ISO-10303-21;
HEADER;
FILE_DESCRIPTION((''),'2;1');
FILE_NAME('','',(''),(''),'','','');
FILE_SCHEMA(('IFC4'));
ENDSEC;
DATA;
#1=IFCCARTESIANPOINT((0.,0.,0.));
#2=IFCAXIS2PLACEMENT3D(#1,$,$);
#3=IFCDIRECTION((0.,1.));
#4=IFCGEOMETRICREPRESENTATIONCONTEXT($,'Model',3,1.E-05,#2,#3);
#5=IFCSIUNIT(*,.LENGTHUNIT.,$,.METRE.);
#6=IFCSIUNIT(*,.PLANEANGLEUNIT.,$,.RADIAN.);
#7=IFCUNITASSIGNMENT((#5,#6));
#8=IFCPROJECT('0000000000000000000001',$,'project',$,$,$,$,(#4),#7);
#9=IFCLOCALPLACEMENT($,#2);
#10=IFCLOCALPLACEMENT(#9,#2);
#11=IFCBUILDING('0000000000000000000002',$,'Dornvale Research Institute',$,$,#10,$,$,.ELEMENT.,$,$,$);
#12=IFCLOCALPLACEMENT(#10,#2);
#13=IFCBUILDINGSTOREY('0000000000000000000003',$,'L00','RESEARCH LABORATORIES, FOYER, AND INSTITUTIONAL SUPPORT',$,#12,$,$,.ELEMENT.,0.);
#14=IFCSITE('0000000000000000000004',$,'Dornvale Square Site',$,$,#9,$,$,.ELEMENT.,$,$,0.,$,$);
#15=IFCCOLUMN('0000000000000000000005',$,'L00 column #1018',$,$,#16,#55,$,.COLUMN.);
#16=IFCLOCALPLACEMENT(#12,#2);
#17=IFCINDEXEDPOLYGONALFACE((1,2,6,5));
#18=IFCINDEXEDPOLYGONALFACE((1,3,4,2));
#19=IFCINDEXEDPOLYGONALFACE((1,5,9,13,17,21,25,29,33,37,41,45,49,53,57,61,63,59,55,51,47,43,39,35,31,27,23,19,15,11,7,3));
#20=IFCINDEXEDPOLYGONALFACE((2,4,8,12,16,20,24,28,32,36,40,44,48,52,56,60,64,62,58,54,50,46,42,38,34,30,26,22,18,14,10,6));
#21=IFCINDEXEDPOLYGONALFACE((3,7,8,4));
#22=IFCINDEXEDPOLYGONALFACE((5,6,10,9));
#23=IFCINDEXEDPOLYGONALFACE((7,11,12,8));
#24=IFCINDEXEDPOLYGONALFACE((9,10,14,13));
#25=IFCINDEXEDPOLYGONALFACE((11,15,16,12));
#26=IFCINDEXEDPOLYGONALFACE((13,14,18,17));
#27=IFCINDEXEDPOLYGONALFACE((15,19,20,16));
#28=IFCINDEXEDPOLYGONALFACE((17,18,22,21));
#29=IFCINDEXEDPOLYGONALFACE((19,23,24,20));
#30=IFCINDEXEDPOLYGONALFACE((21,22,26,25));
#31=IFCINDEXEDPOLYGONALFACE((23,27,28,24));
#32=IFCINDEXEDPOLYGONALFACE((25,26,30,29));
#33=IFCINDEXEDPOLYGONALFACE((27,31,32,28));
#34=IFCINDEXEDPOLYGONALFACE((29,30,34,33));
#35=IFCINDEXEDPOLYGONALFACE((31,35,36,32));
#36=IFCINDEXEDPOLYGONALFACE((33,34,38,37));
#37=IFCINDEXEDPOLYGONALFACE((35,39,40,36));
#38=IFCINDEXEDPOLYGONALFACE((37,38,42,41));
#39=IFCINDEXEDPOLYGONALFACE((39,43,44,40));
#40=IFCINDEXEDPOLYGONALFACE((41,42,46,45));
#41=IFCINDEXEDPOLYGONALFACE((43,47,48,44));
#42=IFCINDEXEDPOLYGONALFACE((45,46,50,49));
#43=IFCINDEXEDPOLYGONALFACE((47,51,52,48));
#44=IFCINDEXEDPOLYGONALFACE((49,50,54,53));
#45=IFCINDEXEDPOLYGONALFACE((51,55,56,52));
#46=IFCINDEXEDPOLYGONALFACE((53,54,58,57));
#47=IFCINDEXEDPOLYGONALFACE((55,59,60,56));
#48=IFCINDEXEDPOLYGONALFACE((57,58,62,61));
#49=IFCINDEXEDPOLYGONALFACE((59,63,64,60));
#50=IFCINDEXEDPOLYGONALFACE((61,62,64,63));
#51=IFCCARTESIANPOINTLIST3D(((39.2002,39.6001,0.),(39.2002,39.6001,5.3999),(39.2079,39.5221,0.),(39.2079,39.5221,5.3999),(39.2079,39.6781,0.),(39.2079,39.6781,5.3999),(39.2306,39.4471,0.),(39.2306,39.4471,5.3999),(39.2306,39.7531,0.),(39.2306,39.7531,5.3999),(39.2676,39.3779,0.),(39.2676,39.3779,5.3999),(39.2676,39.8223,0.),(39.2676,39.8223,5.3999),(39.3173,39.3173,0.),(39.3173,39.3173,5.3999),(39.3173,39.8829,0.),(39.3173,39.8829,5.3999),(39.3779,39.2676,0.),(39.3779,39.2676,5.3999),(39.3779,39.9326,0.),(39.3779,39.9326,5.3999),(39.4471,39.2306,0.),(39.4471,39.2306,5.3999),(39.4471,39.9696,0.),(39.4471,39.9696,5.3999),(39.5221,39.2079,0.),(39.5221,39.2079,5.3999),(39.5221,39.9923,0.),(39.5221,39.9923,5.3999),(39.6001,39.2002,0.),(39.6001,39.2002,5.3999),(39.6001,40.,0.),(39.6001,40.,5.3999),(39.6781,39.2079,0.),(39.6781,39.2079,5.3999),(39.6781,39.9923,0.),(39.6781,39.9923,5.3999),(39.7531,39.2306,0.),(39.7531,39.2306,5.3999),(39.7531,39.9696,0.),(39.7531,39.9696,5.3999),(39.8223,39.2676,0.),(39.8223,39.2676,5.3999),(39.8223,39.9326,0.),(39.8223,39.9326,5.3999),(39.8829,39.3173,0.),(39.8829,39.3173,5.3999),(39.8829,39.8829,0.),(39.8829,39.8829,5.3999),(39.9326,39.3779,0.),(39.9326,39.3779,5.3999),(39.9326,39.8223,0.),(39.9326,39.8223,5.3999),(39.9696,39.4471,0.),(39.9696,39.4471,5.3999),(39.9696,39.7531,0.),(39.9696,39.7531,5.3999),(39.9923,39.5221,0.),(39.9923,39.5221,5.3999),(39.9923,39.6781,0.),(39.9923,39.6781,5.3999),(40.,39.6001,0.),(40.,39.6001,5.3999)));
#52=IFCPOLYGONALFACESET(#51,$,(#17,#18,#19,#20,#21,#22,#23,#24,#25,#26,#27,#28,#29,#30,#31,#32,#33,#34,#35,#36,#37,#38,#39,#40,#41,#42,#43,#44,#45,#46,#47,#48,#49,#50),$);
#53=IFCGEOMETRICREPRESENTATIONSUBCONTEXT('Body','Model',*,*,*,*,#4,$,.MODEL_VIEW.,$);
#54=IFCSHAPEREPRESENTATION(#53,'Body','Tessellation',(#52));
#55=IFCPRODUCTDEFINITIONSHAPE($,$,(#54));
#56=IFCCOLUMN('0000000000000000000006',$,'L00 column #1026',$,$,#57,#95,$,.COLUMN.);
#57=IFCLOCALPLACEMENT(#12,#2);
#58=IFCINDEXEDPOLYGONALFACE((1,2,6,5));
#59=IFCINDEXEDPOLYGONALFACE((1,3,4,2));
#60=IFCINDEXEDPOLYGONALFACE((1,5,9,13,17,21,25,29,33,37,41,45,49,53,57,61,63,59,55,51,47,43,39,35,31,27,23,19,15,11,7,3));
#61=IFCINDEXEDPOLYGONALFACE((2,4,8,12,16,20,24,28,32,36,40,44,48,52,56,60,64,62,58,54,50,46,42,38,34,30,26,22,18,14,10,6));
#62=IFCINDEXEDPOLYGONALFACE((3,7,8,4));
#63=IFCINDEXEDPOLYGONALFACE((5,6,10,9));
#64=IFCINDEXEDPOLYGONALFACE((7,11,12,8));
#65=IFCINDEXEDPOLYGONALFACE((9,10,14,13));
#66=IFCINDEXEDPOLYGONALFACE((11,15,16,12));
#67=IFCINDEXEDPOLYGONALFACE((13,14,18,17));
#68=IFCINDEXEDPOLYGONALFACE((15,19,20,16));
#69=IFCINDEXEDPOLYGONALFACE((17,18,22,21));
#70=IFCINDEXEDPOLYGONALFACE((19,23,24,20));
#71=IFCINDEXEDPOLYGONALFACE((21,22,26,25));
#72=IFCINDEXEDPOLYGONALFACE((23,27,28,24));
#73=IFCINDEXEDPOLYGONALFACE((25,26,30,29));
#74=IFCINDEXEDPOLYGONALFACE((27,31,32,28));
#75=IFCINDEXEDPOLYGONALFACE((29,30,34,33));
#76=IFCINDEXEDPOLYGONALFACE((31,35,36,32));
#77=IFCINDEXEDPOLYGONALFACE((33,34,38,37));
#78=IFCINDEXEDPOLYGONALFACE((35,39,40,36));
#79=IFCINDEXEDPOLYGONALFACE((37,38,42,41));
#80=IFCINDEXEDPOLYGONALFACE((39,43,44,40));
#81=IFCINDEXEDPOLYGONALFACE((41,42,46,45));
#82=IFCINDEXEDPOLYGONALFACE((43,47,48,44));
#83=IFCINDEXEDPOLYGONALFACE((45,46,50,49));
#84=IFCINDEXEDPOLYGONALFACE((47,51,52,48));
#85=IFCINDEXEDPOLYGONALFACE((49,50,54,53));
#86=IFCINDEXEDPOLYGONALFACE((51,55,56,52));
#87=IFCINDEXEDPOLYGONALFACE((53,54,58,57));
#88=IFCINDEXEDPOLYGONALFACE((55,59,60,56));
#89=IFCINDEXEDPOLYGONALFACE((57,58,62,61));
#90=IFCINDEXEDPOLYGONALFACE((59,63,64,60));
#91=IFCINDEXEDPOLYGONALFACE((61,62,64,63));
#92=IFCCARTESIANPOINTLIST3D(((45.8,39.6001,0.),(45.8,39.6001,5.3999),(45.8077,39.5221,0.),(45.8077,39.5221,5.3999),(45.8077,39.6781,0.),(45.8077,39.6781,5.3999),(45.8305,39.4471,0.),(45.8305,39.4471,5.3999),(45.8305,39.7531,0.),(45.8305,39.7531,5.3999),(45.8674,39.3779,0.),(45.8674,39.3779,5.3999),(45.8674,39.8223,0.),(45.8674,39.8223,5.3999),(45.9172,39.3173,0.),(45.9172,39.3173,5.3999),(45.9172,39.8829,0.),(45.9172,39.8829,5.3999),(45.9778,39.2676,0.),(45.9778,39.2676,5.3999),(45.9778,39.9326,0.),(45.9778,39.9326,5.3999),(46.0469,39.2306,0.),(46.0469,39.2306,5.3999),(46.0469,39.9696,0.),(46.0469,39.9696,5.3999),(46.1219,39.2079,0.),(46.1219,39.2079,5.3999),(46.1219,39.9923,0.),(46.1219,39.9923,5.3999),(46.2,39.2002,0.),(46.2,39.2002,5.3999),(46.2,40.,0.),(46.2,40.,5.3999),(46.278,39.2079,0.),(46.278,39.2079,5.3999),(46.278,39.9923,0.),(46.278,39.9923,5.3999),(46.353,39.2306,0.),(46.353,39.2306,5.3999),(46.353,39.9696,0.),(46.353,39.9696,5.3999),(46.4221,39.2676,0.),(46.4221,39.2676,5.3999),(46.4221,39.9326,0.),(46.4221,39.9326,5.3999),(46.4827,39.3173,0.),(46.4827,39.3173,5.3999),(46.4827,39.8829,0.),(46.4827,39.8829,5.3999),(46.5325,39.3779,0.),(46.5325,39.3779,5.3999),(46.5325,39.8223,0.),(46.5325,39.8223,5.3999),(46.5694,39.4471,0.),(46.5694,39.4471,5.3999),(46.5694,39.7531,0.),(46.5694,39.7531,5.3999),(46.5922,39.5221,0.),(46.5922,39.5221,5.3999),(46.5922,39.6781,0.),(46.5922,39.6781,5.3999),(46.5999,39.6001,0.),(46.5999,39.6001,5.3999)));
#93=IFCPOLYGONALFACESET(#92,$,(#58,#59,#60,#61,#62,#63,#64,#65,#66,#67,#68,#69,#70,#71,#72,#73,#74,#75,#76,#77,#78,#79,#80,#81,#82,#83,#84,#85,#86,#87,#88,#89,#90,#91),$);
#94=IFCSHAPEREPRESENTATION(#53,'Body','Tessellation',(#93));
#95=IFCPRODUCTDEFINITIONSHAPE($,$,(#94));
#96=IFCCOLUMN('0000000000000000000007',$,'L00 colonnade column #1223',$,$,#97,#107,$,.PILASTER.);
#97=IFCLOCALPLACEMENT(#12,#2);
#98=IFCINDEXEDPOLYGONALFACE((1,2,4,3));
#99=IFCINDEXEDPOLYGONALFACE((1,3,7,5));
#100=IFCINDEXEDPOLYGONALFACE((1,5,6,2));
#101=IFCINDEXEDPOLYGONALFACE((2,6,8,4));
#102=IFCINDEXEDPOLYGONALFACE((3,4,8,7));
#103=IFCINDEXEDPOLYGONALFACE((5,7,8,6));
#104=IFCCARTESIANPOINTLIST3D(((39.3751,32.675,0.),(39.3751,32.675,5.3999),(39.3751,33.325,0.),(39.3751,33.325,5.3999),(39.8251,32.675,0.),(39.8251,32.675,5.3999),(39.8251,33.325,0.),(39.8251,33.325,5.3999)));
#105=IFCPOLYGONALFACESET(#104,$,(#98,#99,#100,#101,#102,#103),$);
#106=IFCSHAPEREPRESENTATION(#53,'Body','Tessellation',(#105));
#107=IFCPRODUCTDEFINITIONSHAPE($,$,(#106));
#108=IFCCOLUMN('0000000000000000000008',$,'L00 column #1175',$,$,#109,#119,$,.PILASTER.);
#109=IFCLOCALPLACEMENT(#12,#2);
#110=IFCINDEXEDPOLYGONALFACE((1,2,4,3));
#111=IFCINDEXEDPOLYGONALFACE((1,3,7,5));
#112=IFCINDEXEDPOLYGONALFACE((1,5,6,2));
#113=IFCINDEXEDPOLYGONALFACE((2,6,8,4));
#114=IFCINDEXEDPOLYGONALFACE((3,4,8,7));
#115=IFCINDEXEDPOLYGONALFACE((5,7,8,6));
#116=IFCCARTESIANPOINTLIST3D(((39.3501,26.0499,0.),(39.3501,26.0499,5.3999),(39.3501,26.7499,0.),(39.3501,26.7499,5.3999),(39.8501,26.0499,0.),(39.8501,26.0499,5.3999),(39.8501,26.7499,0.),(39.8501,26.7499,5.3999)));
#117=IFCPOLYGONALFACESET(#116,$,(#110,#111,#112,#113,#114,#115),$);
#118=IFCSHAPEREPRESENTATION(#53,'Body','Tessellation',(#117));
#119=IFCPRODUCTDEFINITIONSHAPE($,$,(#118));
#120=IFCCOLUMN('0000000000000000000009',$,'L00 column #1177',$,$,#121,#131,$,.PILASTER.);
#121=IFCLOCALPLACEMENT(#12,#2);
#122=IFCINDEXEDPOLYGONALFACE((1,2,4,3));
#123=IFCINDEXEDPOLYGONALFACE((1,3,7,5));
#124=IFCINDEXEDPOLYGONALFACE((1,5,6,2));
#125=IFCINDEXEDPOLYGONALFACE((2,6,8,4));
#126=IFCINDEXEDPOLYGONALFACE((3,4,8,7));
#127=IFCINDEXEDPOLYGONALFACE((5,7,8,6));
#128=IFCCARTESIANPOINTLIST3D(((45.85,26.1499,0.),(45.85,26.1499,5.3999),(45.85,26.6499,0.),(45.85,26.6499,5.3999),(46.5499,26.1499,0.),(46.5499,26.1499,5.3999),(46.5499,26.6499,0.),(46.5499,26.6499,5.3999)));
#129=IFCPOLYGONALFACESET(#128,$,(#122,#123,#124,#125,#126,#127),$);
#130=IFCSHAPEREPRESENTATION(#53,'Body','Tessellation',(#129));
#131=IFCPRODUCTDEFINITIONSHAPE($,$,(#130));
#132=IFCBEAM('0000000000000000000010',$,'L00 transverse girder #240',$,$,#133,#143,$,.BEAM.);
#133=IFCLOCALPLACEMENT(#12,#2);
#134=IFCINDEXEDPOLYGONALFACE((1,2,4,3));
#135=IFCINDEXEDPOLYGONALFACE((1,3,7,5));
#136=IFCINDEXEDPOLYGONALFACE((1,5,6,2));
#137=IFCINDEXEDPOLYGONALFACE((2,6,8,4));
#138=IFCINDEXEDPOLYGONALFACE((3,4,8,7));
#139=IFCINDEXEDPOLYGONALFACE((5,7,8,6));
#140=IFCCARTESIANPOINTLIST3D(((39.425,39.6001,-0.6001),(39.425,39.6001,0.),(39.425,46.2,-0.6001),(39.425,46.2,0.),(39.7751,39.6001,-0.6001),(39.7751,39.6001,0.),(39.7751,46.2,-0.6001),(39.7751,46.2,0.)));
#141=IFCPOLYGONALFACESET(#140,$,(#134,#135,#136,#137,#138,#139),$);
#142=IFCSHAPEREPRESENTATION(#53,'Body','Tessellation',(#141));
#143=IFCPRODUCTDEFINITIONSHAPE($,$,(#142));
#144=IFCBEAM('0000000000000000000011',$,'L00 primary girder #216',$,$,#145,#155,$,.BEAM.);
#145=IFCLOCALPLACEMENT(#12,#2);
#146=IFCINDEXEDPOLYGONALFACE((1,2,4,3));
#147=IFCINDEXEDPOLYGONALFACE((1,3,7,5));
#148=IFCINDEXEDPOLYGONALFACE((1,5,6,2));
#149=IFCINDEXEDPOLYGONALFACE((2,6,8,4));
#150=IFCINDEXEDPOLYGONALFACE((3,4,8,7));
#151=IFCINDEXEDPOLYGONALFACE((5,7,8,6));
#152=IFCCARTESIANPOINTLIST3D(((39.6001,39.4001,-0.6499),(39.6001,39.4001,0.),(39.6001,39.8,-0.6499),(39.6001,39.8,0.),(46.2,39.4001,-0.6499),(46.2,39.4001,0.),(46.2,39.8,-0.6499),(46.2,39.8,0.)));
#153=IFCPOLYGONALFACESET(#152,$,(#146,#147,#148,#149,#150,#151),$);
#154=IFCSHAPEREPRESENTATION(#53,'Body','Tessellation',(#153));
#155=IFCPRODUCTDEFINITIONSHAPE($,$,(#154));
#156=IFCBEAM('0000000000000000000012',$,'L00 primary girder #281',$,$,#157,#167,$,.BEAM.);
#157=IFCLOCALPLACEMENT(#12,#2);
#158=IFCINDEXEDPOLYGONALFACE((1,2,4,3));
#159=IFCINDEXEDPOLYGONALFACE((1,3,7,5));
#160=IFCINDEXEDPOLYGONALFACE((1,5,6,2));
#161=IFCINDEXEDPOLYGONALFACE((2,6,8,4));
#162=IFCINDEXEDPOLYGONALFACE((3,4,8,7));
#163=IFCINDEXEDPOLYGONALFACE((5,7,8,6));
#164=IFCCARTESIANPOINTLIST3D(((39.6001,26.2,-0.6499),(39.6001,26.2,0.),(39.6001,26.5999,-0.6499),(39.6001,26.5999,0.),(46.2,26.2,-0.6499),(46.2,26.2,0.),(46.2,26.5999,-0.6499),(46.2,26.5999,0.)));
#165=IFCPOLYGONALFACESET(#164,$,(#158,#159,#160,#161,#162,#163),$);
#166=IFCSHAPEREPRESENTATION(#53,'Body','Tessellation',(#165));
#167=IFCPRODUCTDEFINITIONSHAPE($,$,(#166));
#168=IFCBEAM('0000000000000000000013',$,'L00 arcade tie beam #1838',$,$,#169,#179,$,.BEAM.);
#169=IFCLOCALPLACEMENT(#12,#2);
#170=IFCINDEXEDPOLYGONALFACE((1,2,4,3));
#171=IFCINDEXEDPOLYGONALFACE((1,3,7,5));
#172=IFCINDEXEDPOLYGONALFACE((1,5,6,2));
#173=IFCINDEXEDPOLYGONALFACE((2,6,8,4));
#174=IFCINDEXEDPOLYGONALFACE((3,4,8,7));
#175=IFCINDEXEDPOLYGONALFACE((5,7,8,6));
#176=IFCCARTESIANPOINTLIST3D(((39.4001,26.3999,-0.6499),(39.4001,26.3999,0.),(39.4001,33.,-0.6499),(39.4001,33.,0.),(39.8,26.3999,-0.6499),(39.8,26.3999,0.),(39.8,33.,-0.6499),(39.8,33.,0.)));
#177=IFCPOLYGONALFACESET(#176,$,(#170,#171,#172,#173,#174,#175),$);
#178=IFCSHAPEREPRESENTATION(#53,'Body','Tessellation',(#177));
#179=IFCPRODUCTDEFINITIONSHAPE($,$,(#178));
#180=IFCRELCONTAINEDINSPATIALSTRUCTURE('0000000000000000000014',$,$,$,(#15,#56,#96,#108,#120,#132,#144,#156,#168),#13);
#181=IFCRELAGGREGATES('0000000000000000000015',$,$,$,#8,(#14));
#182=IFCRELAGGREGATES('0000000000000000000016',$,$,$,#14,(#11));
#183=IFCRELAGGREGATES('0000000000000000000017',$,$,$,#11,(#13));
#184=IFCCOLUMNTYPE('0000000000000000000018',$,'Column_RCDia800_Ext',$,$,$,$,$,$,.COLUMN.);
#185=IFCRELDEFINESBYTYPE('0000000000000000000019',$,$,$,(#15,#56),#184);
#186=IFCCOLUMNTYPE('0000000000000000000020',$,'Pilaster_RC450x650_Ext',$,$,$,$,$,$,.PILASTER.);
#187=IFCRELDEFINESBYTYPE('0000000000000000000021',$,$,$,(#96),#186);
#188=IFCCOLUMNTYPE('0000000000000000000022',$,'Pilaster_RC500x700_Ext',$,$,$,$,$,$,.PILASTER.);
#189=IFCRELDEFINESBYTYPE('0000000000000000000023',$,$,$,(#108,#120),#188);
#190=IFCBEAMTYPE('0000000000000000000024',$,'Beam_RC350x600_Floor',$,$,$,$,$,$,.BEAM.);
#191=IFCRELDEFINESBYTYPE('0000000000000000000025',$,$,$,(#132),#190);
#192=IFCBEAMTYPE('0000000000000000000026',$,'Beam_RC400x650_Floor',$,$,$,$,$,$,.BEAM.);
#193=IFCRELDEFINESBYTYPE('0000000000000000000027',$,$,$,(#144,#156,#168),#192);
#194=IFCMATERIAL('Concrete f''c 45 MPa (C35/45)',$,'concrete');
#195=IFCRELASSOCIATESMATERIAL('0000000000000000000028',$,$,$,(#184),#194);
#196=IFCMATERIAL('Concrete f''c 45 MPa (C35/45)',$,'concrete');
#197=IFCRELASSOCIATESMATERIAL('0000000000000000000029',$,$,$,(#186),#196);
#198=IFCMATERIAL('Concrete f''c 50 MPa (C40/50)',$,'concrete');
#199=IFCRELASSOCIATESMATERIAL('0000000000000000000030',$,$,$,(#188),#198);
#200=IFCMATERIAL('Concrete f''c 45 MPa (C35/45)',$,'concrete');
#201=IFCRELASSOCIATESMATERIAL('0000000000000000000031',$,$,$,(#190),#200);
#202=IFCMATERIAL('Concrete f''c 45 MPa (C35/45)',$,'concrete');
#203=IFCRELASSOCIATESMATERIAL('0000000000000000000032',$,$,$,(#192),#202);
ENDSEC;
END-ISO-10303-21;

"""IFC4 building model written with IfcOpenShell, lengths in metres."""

from ifc_helpers import new_model, si_unit, direction, frame, origin, origin_2d, place, context, subcontext, project, spatial, rectangle, circle, extrude, material, material_profile, profile_set, type_object, element, save


model = new_model("IFC4")

# Units and contexts
model_context = context("Model", 3, precision=1e-05, world=origin(), true_north=direction((0.0, 1.0)))
body_context = subcontext(model_context, "Body", "Model", "MODEL_VIEW")
ifc_project = project(units=[si_unit("LENGTHUNIT", "METRE"), si_unit("PLANEANGLEUNIT", "RADIAN")], contexts=[model_context])

# Site, building, storey
site_placement = place(None, origin())
site = spatial("IfcSite", under=ifc_project, at=site_placement, Name="Dornvale Square Site", CompositionType="ELEMENT", RefElevation=0.0)
building_placement = place(site_placement, origin())
building = spatial("IfcBuilding", under=site, at=building_placement, Name="Dornvale Research Institute", CompositionType="ELEMENT")
storey_placement = place(building_placement, origin())
storey = spatial("IfcBuildingStorey", under=building, at=storey_placement, Name="L00", Description="RESEARCH LABORATORIES, FOYER, AND INSTITUTIONAL SUPPORT", CompositionType="ELEMENT", Elevation=0.0)

# Columns
ifc_material_1 = material(Name="Concrete f'c 45 MPa (C35/45)", Category="concrete")
ifc_material_profile_1 = material_profile(ifc_material_1, circle(Radius=0.3999, at=origin_2d()), Name="RC DIA 800")
ifc_profile_set_1 = profile_set([ifc_material_profile_1], Name="Concrete f'c 45 MPa (C35/45)")
column_type_1 = type_object("IfcColumnType", Name="Column_RCDia800_Ext", PredefinedType="COLUMN", material=ifc_profile_set_1)
for number, where, z_axis, x_axis, name in (
    (1, (39.6001, 39.6001, 0.0), (0.0, 0.0, 1.0), (1.0, 0.0, 0.0), "L00 column #1018"),
    (2, (46.2, 39.6001, 0.0), (0.0, 0.0, 1.0), (1.0, 0.0, 0.0), "L00 column #1026"),
):
    element("IfcColumn", number, at=place(storey_placement, frame(where, z_axis=z_axis, x_axis=x_axis)), inside=storey, type_object=column_type_1, Name=name, PredefinedType="COLUMN", context=body_context, shape_type="SweptSolid", body=[
        extrude(circle(Radius=0.3999, at=origin_2d()), origin(), (0.0, 0.0, 1.0), 5.3999),
    ])
ifc_material_2 = material(Name="Concrete f'c 45 MPa (C35/45)", Category="concrete")
ifc_material_profile_2 = material_profile(ifc_material_2, rectangle(XDim=0.45, YDim=0.6499, at=origin_2d()), Name="RC 450x650")
ifc_profile_set_2 = profile_set([ifc_material_profile_2], Name="Concrete f'c 45 MPa (C35/45)")
column_type_2 = type_object("IfcColumnType", Name="Pilaster_RC450x650_Ext", PredefinedType="PILASTER", material=ifc_profile_set_2)
column_placement = place(storey_placement, frame((39.6001, 33.0, 0.0), z_axis=(0.0, 0.0, 1.0), x_axis=(1.0, 0.0, 0.0)))
element("IfcColumn", 3, at=column_placement, inside=storey, type_object=column_type_2, Name="L00 colonnade column #1223", PredefinedType="PILASTER", context=body_context, shape_type="SweptSolid", body=[
    extrude(rectangle(XDim=0.45, YDim=0.6499, at=origin_2d()), origin(), (0.0, 0.0, 1.0), 5.3999),
])
ifc_material_3 = material(Name="Concrete f'c 50 MPa (C40/50)", Category="concrete")
ifc_material_profile_3 = material_profile(ifc_material_3, rectangle(XDim=0.5, YDim=0.7, at=origin_2d()), Name="RC 500x700")
ifc_profile_set_3 = profile_set([ifc_material_profile_3], Name="Concrete f'c 50 MPa (C40/50)")
column_type_3 = type_object("IfcColumnType", Name="Pilaster_RC500x700_Ext", PredefinedType="PILASTER", material=ifc_profile_set_3)
for number, where, z_axis, x_axis, name in (
    (4, (39.6001, 26.3999, 0.0), (0.0, 0.0, 1.0), (1.0, 0.0, 0.0), "L00 column #1175"),
    (5, (46.2, 26.3999, 0.0), (0.0, 0.0, 1.0), (0.0, 1.0, 0.0), "L00 column #1177"),
):
    element("IfcColumn", number, at=place(storey_placement, frame(where, z_axis=z_axis, x_axis=x_axis)), inside=storey, type_object=column_type_3, Name=name, PredefinedType="PILASTER", context=body_context, shape_type="SweptSolid", body=[
        extrude(rectangle(XDim=0.5, YDim=0.7, at=origin_2d()), origin(), (0.0, 0.0, 1.0), 5.3999),
    ])

# Beams
ifc_material_4 = material(Name="Concrete f'c 45 MPa (C35/45)", Category="concrete")
ifc_material_profile_4 = material_profile(ifc_material_4, rectangle(XDim=0.3501, YDim=0.6001, at=origin_2d()), Name="RC 350x600")
ifc_profile_set_4 = profile_set([ifc_material_profile_4], Name="Concrete f'c 45 MPa (C35/45)")
beam_type_1 = type_object("IfcBeamType", Name="Beam_RC350x600_Floor", PredefinedType="BEAM", material=ifc_profile_set_4)
beam_1_placement = place(storey_placement, frame((39.6001, 39.6001, -0.3), z_axis=(0.0, 1.0, 0.0), x_axis=(-1.0, 0.0, 0.0)))
element("IfcBeam", 6, at=beam_1_placement, inside=storey, type_object=beam_type_1, Name="L00 transverse girder #240", PredefinedType="BEAM", context=body_context, shape_type="SweptSolid", body=[
    extrude(rectangle(XDim=0.3501, YDim=0.6001, at=origin_2d()), origin(), (0.0, 0.0, 1.0), 6.5999),
])
ifc_material_5 = material(Name="Concrete f'c 45 MPa (C35/45)", Category="concrete")
ifc_material_profile_5 = material_profile(ifc_material_5, rectangle(XDim=0.3999, YDim=0.6499, at=origin_2d()), Name="RC 400x650")
ifc_profile_set_5 = profile_set([ifc_material_profile_5], Name="Concrete f'c 45 MPa (C35/45)")
beam_type_2 = type_object("IfcBeamType", Name="Beam_RC400x650_Floor", PredefinedType="BEAM", material=ifc_profile_set_5)
for number, where, z_axis, x_axis, name in (
    (7, (39.6001, 39.6001, -0.325), (1.0, 0.0, 0.0), (0.0, 1.0, 0.0), "L00 primary girder #216"),
    (8, (39.6001, 26.3999, -0.325), (1.0, 0.0, 0.0), (0.0, 1.0, 0.0), "L00 primary girder #281"),
):
    element("IfcBeam", number, at=place(storey_placement, frame(where, z_axis=z_axis, x_axis=x_axis)), inside=storey, type_object=beam_type_2, Name=name, PredefinedType="BEAM", context=body_context, shape_type="SweptSolid", body=[
        extrude(rectangle(XDim=0.3999, YDim=0.6499, at=origin_2d()), origin(), (0.0, 0.0, 1.0), 6.5999),
    ])
beam_2_placement = place(storey_placement, frame((39.6001, 26.3999, -0.325), z_axis=(0.0, 1.0, 0.0), x_axis=(-1.0, 0.0, 0.0)))
element("IfcBeam", 9, at=beam_2_placement, inside=storey, type_object=beam_type_2, Name="L00 arcade tie beam #1838", PredefinedType="BEAM", context=body_context, shape_type="SweptSolid", body=[
    extrude(rectangle(XDim=0.3999, YDim=0.6499, at=origin_2d()), origin(), (0.0, 0.0, 1.0), 6.6001),
])

save(model, "model.ifc")
